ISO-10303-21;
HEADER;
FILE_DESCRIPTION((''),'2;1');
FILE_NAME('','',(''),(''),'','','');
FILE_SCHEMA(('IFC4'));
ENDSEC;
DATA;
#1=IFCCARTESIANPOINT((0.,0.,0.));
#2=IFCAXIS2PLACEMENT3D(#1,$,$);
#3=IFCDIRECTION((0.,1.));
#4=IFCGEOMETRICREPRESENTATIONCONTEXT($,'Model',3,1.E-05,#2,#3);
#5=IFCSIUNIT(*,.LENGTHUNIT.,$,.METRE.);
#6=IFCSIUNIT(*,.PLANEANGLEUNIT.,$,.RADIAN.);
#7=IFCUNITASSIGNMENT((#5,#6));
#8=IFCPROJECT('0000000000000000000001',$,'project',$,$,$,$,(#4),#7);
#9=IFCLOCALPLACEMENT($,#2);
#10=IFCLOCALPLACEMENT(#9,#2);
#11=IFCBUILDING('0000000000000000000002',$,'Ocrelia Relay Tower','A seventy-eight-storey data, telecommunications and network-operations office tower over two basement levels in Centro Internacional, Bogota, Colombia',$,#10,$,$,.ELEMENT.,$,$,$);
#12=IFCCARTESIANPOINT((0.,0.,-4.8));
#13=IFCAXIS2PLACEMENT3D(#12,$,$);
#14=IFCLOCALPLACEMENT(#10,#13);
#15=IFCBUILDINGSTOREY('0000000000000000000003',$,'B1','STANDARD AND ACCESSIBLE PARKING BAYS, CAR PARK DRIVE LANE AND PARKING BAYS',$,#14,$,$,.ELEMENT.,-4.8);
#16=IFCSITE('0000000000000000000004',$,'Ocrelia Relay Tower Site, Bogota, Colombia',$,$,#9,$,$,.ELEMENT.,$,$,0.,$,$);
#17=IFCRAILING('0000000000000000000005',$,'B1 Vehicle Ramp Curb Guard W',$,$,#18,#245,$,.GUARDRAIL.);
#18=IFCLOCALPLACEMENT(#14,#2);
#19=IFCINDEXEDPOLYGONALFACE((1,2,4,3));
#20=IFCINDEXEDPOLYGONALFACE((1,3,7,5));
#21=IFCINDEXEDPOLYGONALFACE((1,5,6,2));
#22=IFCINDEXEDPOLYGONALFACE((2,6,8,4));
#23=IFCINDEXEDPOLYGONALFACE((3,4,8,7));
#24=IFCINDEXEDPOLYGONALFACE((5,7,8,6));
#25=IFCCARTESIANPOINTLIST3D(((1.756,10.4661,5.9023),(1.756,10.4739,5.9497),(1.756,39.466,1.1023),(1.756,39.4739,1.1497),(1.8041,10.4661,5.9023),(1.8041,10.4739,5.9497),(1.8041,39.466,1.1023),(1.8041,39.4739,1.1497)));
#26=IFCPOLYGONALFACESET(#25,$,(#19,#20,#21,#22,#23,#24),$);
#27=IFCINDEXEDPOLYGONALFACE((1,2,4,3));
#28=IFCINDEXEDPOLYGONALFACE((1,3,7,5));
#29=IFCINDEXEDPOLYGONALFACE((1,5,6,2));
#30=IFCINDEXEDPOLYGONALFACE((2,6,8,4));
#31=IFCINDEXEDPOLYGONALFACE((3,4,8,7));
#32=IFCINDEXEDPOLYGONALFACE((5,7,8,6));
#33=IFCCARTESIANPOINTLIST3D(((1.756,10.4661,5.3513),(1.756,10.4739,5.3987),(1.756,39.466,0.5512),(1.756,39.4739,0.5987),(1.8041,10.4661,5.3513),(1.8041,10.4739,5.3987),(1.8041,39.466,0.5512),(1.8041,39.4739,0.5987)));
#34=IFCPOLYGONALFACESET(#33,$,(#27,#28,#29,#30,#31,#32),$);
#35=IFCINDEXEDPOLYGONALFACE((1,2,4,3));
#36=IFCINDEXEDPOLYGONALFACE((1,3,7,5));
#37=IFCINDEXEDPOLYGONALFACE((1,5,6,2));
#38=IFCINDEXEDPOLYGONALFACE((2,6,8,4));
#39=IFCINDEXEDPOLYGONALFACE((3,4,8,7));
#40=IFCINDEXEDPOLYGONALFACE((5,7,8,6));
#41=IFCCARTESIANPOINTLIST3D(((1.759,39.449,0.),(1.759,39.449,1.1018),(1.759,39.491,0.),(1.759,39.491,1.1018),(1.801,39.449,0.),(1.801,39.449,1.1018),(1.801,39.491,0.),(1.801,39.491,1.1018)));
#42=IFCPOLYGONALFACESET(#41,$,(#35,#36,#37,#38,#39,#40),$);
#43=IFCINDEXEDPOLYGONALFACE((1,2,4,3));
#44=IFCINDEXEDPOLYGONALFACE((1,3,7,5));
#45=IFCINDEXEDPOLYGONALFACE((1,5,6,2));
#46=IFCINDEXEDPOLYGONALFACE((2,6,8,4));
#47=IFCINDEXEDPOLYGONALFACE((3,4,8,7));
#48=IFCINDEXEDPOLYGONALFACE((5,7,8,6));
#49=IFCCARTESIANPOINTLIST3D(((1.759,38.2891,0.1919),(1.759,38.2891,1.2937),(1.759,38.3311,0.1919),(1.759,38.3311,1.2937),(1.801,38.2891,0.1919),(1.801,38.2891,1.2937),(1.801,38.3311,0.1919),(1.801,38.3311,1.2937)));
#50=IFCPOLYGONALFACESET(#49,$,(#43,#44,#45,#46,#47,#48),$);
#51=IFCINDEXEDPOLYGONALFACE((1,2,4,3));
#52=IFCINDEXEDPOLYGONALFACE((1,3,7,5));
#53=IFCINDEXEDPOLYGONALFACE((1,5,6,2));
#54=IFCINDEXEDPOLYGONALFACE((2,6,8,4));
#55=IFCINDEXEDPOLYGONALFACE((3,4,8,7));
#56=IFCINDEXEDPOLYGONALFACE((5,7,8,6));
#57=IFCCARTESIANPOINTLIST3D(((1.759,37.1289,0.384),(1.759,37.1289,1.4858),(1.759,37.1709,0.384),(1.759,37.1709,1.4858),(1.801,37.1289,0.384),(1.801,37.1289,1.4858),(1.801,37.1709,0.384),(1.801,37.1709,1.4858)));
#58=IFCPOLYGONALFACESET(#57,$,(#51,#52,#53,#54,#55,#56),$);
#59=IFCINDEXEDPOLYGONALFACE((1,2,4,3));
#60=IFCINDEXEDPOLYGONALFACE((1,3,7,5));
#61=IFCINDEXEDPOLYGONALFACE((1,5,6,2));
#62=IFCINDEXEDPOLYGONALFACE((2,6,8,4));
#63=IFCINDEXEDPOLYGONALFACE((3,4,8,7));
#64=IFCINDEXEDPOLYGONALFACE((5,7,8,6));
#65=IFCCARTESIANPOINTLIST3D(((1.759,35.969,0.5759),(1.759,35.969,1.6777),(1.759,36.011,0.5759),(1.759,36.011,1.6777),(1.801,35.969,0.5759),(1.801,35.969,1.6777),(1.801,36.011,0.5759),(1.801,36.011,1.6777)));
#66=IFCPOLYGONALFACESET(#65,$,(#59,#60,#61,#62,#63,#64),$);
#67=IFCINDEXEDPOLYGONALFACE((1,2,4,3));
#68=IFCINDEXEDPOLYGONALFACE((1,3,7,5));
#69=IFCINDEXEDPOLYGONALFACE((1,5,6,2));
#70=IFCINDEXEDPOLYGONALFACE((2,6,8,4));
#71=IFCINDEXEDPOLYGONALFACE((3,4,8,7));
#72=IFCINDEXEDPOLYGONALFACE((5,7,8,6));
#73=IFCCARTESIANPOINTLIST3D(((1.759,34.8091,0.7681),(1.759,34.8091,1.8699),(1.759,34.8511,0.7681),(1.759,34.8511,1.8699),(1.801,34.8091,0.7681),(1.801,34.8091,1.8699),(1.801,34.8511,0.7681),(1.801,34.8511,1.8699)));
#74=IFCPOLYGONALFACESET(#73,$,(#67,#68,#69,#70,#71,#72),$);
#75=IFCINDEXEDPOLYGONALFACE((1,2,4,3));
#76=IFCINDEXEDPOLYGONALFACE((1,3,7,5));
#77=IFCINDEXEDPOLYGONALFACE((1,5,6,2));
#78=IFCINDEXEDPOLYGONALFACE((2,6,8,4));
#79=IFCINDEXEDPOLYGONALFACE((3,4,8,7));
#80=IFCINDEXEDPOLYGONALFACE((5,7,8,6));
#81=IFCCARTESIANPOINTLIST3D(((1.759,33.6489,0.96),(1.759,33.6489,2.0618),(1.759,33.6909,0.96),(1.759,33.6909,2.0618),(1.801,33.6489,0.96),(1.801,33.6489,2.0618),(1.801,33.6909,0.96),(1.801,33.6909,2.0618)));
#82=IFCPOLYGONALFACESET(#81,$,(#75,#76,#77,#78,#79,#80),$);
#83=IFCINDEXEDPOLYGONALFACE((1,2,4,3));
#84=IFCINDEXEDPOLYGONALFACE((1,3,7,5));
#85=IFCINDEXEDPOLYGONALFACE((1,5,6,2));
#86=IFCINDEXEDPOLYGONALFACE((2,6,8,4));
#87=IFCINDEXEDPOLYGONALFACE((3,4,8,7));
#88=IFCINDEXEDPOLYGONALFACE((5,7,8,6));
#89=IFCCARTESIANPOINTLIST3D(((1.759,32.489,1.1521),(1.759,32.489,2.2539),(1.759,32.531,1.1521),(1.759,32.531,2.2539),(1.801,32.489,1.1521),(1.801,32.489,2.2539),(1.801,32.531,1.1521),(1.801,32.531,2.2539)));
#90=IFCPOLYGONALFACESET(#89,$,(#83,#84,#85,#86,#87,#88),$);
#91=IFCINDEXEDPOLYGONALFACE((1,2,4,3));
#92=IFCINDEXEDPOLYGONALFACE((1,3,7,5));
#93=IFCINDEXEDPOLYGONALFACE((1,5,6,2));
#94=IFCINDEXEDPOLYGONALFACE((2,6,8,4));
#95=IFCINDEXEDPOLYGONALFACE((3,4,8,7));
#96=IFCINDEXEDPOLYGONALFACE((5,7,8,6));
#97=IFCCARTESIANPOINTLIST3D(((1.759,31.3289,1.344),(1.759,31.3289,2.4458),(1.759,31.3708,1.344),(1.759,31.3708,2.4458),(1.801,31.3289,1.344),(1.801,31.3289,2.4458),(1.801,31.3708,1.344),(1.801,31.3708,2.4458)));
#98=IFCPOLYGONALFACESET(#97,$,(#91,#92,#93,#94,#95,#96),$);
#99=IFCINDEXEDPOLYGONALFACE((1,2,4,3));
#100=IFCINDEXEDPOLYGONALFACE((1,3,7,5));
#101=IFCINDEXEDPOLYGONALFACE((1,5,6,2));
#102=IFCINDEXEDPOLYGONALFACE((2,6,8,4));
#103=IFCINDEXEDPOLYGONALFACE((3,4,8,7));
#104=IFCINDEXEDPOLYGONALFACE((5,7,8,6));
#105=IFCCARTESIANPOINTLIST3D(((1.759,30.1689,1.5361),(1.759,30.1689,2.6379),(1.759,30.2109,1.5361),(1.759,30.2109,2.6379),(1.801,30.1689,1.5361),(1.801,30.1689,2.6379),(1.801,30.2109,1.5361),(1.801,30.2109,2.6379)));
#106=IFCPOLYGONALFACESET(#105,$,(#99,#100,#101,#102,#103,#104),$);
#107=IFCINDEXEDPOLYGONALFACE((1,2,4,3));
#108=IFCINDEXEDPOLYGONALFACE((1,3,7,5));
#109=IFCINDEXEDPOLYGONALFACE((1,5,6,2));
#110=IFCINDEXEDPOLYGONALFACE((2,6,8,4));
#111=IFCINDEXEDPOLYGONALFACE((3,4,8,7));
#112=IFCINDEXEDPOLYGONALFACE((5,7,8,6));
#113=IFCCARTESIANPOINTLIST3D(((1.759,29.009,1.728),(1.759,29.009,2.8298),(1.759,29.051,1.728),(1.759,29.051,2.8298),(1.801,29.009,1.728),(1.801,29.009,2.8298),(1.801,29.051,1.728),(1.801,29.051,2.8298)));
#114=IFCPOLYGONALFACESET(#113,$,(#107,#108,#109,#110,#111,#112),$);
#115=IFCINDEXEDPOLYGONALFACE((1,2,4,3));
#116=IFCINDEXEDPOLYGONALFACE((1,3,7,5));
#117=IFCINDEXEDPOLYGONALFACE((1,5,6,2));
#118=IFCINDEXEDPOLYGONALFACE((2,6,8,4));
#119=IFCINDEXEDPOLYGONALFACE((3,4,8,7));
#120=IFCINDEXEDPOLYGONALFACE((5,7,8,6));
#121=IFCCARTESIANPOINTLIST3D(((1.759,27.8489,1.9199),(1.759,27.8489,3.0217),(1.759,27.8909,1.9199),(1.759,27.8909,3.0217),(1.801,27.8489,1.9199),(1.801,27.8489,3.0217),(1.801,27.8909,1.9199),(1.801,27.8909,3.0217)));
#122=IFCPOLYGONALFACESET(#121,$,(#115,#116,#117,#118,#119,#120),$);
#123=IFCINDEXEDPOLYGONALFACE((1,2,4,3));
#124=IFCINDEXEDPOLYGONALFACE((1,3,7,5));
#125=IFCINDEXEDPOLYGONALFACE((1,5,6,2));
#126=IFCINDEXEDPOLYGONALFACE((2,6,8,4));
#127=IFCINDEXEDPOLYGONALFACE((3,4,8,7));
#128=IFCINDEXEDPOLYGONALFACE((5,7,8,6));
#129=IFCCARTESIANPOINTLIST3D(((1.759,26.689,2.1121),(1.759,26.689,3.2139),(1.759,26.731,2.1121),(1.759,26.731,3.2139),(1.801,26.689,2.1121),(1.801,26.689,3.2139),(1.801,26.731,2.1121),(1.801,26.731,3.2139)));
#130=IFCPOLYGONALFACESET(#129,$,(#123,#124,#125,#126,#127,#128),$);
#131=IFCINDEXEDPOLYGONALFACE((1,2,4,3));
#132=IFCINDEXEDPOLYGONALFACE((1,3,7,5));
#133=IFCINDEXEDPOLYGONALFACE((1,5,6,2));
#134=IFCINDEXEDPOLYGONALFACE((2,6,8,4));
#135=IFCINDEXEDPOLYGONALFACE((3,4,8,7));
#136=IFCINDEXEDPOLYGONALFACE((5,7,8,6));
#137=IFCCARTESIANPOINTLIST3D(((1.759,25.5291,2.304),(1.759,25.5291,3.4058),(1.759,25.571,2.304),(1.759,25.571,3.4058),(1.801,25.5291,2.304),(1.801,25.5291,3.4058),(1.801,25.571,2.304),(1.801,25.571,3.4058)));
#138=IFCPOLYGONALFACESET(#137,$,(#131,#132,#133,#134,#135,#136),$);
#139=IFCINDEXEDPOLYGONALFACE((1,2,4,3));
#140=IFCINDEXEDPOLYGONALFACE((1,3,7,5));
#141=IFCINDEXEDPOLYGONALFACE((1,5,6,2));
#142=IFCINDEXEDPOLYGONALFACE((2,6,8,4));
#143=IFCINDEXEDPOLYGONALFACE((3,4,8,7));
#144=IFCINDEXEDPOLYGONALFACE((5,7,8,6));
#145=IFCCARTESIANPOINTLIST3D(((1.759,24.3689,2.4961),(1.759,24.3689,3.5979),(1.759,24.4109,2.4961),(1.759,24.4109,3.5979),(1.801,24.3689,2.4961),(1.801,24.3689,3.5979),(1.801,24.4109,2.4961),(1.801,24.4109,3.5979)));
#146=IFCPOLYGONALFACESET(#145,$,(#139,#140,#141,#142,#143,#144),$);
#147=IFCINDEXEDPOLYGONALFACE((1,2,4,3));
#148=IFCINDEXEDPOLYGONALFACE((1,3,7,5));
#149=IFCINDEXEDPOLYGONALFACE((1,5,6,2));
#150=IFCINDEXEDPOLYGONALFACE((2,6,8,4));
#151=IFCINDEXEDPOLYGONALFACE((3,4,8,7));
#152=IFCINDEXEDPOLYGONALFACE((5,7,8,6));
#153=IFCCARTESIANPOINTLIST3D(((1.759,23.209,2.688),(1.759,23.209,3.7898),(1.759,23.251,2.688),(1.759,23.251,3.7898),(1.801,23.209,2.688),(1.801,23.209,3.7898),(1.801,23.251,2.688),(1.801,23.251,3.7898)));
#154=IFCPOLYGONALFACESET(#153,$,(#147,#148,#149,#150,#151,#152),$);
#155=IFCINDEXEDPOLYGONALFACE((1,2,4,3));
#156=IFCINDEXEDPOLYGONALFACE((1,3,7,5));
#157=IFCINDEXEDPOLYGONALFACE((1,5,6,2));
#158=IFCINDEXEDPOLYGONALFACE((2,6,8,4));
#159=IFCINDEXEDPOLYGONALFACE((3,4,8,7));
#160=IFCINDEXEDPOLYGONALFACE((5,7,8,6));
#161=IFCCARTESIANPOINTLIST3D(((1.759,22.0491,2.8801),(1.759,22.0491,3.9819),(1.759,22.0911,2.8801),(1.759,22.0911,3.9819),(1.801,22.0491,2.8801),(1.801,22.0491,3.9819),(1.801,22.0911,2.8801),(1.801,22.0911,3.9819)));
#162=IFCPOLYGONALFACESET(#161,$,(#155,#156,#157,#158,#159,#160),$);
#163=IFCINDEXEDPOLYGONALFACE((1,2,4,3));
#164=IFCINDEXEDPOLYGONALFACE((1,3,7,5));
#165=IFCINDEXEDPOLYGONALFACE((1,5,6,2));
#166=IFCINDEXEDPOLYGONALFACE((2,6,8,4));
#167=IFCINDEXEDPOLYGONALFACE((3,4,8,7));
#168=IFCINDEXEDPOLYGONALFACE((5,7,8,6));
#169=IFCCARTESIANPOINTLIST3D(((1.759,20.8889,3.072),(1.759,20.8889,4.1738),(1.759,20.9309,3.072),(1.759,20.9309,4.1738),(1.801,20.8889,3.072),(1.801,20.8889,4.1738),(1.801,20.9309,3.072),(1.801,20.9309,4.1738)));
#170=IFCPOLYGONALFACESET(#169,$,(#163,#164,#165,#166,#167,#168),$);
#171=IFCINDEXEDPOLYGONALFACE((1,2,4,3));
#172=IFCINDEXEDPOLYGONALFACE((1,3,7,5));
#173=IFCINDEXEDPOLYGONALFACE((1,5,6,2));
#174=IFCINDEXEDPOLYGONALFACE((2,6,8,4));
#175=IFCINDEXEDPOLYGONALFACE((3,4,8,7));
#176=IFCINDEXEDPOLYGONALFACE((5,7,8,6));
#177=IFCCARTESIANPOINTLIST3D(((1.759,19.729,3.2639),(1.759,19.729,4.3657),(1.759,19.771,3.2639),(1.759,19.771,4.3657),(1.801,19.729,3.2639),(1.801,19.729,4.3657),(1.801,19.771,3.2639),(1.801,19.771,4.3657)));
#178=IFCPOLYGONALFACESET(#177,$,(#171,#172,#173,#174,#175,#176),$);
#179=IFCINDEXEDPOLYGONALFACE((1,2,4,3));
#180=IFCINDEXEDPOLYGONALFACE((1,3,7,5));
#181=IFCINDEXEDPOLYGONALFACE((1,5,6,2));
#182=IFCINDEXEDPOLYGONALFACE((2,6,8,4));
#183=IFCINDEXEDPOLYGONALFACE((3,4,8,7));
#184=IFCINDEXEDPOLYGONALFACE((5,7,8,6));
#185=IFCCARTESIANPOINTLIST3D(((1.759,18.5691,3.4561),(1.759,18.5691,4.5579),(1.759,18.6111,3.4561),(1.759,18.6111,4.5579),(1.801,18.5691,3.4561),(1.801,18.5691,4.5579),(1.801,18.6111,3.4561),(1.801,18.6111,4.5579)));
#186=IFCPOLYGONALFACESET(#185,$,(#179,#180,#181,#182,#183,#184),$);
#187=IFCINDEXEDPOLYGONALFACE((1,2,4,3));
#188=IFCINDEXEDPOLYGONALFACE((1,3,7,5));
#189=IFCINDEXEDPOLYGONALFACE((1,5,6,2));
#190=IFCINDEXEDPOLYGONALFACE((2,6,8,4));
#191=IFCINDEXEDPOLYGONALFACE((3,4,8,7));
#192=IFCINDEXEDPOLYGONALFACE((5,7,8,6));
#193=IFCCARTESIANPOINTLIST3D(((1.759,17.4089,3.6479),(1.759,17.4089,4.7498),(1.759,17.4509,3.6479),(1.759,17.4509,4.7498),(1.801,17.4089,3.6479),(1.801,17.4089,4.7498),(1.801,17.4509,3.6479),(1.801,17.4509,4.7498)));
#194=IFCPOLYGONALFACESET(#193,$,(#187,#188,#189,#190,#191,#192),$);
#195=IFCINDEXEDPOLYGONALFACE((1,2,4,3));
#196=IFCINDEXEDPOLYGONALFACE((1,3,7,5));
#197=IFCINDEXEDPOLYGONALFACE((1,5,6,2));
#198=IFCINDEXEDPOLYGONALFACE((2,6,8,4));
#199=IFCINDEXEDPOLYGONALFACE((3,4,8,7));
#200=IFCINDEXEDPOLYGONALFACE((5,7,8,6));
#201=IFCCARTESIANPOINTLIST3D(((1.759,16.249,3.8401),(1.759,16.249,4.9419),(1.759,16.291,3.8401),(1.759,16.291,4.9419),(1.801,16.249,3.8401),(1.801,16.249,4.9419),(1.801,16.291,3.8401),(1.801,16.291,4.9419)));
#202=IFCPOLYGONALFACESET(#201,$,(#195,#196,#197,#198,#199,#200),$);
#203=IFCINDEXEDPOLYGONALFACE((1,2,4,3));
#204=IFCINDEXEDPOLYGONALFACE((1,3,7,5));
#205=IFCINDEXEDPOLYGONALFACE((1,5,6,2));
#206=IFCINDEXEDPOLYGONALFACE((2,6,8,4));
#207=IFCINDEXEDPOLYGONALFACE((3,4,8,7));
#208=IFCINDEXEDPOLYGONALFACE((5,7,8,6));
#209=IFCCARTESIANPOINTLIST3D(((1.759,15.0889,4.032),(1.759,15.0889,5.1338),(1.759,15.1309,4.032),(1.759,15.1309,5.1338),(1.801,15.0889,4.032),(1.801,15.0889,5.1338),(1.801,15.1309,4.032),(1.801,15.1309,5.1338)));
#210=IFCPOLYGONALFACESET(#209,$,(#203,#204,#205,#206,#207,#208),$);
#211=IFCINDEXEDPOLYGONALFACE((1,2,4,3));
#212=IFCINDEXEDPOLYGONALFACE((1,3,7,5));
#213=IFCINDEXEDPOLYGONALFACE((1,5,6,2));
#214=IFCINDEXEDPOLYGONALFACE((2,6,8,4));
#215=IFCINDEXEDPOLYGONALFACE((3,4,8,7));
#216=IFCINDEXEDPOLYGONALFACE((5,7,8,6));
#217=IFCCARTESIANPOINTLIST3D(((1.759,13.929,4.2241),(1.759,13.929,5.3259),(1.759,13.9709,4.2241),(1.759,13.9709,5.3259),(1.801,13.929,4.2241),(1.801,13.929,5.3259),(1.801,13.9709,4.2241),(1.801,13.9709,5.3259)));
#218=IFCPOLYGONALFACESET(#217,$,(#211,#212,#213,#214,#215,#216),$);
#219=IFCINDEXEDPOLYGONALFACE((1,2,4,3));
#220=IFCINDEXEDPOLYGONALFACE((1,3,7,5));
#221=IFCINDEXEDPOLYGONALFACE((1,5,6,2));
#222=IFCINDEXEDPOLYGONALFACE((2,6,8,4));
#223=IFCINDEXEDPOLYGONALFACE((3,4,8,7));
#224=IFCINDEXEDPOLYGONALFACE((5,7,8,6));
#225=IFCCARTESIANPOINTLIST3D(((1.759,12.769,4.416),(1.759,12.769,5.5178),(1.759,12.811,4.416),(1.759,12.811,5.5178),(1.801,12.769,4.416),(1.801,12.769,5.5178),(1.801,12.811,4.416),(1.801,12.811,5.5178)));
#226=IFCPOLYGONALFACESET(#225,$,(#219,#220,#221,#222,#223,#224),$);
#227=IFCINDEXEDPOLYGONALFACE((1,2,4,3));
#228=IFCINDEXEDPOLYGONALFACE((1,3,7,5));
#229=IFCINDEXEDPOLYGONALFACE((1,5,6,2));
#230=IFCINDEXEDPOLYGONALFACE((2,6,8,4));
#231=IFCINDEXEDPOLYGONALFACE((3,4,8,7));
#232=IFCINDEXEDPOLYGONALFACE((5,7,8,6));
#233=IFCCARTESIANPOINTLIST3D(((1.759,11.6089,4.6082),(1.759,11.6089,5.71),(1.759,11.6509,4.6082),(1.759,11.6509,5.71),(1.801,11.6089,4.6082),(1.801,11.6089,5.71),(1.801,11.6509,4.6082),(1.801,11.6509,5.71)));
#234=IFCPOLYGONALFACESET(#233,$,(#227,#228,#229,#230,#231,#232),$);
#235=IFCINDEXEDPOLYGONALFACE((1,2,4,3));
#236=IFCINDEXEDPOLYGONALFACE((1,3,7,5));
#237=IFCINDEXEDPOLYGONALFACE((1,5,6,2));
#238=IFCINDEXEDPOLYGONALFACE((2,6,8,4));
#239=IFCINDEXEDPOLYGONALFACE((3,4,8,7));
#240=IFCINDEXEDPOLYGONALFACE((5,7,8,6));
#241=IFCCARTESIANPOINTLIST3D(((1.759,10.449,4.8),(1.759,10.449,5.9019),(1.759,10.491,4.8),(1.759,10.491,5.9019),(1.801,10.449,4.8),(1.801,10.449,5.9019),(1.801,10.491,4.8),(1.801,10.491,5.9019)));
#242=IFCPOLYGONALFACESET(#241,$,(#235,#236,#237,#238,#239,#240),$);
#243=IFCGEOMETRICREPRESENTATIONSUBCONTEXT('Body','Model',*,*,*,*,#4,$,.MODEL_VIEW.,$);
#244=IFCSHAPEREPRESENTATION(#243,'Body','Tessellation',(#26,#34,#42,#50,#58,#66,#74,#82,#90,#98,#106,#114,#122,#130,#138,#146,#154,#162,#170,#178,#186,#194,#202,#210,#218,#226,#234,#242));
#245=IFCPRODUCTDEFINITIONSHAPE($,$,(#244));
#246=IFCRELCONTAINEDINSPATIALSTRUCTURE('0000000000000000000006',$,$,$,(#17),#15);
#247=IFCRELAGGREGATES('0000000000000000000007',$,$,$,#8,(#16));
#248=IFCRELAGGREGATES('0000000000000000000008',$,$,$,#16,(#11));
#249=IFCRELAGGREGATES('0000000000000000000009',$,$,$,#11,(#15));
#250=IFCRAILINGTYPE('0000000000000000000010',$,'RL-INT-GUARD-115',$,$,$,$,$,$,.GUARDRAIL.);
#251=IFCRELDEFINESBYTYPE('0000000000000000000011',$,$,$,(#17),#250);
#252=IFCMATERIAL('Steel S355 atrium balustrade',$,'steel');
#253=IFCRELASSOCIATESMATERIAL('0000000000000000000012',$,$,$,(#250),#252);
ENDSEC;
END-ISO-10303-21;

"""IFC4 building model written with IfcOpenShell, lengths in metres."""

from ifc_helpers import new_model, si_unit, direction, frame, origin, origin_2d, place, context, subcontext, project, spatial, rectangle, extrude, material, type_object, element, save


model = new_model("IFC4")

# Units and contexts
model_context = context("Model", 3, precision=1e-05, world=origin(), true_north=direction((0.0, 1.0)))
body_context = subcontext(model_context, "Body", "Model", "MODEL_VIEW")
ifc_project = project(units=[si_unit("LENGTHUNIT", "METRE"), si_unit("PLANEANGLEUNIT", "RADIAN")], contexts=[model_context])

# Site, building, storey
site_placement = place(None, origin())
site = spatial("IfcSite", under=ifc_project, at=site_placement, Name="Ocrelia Relay Tower Site, Bogota, Colombia", CompositionType="ELEMENT", RefElevation=0.0)
building_placement = place(site_placement, origin())
building = spatial("IfcBuilding", under=site, at=building_placement, Name="Ocrelia Relay Tower", Description="A seventy-eight-storey data, telecommunications and network-operations office tower over two basement levels in Centro Internacional, Bogota, Colombia", CompositionType="ELEMENT")
storey_placement = place(building_placement, frame((0.0, 0.0, -4.8)))
storey = spatial("IfcBuildingStorey", under=building, at=storey_placement, Name="B1", Description="STANDARD AND ACCESSIBLE PARKING BAYS, CAR PARK DRIVE LANE AND PARKING BAYS", CompositionType="ELEMENT", Elevation=-4.8)

# Railing
ifc_material_1 = material(Name="Steel S355 atrium balustrade", Category="steel")
railing_type = type_object("IfcRailingType", Name="RL-INT-GUARD-115", PredefinedType="GUARDRAIL", material=ifc_material_1)
railing_1_placement = place(storey_placement, frame((1.78, 39.47, 0.0)))
element("IfcRailing", 1, at=railing_1_placement, inside=storey, type_object=railing_type, Name="B1 Vehicle Ramp Curb Guard W", PredefinedType="GUARDRAIL", context=body_context, shape_type="SweptSolid", body=[
    extrude(rectangle(XDim=0.0481, YDim=0.0481, at=origin_2d()), frame((0.0, 0.0, 1.126), z_axis=(0.0, -0.986577, 0.163297), x_axis=(1.0, 0.0, 0.0)), (0.0, 0.0, 1.0), 29.3945),
    extrude(rectangle(XDim=0.0481, YDim=0.0481, at=origin_2d()), frame((0.0, 0.0, 0.575), z_axis=(0.0, -0.986577, 0.163297), x_axis=(1.0, 0.0, 0.0)), (0.0, 0.0, 1.0), 29.3945),
    extrude(rectangle(XDim=0.042, YDim=0.042, at=origin_2d()), origin(), (0.0, 0.0, 1.0), 1.1018),
    extrude(rectangle(XDim=0.042, YDim=0.042, at=origin_2d()), frame((0.0, -1.1599, 0.1919)), (0.0, 0.0, 1.0), 1.1018),
    extrude(rectangle(XDim=0.042, YDim=0.042, at=origin_2d()), frame((0.0, -2.3201, 0.384)), (0.0, 0.0, 1.0), 1.1018),
    extrude(rectangle(XDim=0.042, YDim=0.042, at=origin_2d()), frame((0.0, -3.48, 0.5759)), (0.0, 0.0, 1.0), 1.1018),
    extrude(rectangle(XDim=0.042, YDim=0.042, at=origin_2d()), frame((0.0, -4.6399, 0.7681)), (0.0, 0.0, 1.0), 1.1018),
    extrude(rectangle(XDim=0.042, YDim=0.042, at=origin_2d()), frame((0.0, -5.8, 0.96)), (0.0, 0.0, 1.0), 1.1018),
    extrude(rectangle(XDim=0.042, YDim=0.042, at=origin_2d()), frame((0.0, -6.96, 1.1521)), (0.0, 0.0, 1.0), 1.1018),
    extrude(rectangle(XDim=0.042, YDim=0.042, at=origin_2d()), frame((0.0, -8.1201, 1.344)), (0.0, 0.0, 1.0), 1.1018),
    extrude(rectangle(XDim=0.042, YDim=0.042, at=origin_2d()), frame((0.0, -9.28, 1.5361)), (0.0, 0.0, 1.0), 1.1018),
    extrude(rectangle(XDim=0.042, YDim=0.042, at=origin_2d()), frame((0.0, -10.4399, 1.728)), (0.0, 0.0, 1.0), 1.1018),
    extrude(rectangle(XDim=0.042, YDim=0.042, at=origin_2d()), frame((0.0, -11.6001, 1.9199)), (0.0, 0.0, 1.0), 1.1018),
    extrude(rectangle(XDim=0.042, YDim=0.042, at=origin_2d()), frame((0.0, -12.76, 2.1121)), (0.0, 0.0, 1.0), 1.1018),
    extrude(rectangle(XDim=0.042, YDim=0.042, at=origin_2d()), frame((0.0, -13.9199, 2.304)), (0.0, 0.0, 1.0), 1.1018),
    extrude(rectangle(XDim=0.042, YDim=0.042, at=origin_2d()), frame((0.0, -15.0801, 2.4961)), (0.0, 0.0, 1.0), 1.1018),
    extrude(rectangle(XDim=0.042, YDim=0.042, at=origin_2d()), frame((0.0, -16.24, 2.688)), (0.0, 0.0, 1.0), 1.1018),
    extrude(rectangle(XDim=0.042, YDim=0.042, at=origin_2d()), frame((0.0, -17.3999, 2.8801)), (0.0, 0.0, 1.0), 1.1018),
    extrude(rectangle(XDim=0.042, YDim=0.042, at=origin_2d()), frame((0.0, -18.5601, 3.072)), (0.0, 0.0, 1.0), 1.1018),
    extrude(rectangle(XDim=0.042, YDim=0.042, at=origin_2d()), frame((0.0, -19.72, 3.2639)), (0.0, 0.0, 1.0), 1.1018),
    extrude(rectangle(XDim=0.042, YDim=0.042, at=origin_2d()), frame((0.0, -20.8799, 3.4561)), (0.0, 0.0, 1.0), 1.1018),
    extrude(rectangle(XDim=0.042, YDim=0.042, at=origin_2d()), frame((0.0, -22.04, 3.6479)), (0.0, 0.0, 1.0), 1.1018),
    extrude(rectangle(XDim=0.042, YDim=0.042, at=origin_2d()), frame((0.0, -23.2, 3.8401)), (0.0, 0.0, 1.0), 1.1018),
    extrude(rectangle(XDim=0.042, YDim=0.042, at=origin_2d()), frame((0.0, -24.3601, 4.032)), (0.0, 0.0, 1.0), 1.1018),
    extrude(rectangle(XDim=0.042, YDim=0.042, at=origin_2d()), frame((0.0, -25.52, 4.2241)), (0.0, 0.0, 1.0), 1.1018),
    extrude(rectangle(XDim=0.042, YDim=0.042, at=origin_2d()), frame((0.0, -26.6799, 4.416)), (0.0, 0.0, 1.0), 1.1018),
    extrude(rectangle(XDim=0.042, YDim=0.042, at=origin_2d()), frame((0.0, -27.8401, 4.6082)), (0.0, 0.0, 1.0), 1.1018),
    extrude(rectangle(XDim=0.042, YDim=0.042, at=origin_2d()), frame((0.0, -29.0, 4.8)), (0.0, 0.0, 1.0), 1.1018),
])

save(model, "model.ifc")
